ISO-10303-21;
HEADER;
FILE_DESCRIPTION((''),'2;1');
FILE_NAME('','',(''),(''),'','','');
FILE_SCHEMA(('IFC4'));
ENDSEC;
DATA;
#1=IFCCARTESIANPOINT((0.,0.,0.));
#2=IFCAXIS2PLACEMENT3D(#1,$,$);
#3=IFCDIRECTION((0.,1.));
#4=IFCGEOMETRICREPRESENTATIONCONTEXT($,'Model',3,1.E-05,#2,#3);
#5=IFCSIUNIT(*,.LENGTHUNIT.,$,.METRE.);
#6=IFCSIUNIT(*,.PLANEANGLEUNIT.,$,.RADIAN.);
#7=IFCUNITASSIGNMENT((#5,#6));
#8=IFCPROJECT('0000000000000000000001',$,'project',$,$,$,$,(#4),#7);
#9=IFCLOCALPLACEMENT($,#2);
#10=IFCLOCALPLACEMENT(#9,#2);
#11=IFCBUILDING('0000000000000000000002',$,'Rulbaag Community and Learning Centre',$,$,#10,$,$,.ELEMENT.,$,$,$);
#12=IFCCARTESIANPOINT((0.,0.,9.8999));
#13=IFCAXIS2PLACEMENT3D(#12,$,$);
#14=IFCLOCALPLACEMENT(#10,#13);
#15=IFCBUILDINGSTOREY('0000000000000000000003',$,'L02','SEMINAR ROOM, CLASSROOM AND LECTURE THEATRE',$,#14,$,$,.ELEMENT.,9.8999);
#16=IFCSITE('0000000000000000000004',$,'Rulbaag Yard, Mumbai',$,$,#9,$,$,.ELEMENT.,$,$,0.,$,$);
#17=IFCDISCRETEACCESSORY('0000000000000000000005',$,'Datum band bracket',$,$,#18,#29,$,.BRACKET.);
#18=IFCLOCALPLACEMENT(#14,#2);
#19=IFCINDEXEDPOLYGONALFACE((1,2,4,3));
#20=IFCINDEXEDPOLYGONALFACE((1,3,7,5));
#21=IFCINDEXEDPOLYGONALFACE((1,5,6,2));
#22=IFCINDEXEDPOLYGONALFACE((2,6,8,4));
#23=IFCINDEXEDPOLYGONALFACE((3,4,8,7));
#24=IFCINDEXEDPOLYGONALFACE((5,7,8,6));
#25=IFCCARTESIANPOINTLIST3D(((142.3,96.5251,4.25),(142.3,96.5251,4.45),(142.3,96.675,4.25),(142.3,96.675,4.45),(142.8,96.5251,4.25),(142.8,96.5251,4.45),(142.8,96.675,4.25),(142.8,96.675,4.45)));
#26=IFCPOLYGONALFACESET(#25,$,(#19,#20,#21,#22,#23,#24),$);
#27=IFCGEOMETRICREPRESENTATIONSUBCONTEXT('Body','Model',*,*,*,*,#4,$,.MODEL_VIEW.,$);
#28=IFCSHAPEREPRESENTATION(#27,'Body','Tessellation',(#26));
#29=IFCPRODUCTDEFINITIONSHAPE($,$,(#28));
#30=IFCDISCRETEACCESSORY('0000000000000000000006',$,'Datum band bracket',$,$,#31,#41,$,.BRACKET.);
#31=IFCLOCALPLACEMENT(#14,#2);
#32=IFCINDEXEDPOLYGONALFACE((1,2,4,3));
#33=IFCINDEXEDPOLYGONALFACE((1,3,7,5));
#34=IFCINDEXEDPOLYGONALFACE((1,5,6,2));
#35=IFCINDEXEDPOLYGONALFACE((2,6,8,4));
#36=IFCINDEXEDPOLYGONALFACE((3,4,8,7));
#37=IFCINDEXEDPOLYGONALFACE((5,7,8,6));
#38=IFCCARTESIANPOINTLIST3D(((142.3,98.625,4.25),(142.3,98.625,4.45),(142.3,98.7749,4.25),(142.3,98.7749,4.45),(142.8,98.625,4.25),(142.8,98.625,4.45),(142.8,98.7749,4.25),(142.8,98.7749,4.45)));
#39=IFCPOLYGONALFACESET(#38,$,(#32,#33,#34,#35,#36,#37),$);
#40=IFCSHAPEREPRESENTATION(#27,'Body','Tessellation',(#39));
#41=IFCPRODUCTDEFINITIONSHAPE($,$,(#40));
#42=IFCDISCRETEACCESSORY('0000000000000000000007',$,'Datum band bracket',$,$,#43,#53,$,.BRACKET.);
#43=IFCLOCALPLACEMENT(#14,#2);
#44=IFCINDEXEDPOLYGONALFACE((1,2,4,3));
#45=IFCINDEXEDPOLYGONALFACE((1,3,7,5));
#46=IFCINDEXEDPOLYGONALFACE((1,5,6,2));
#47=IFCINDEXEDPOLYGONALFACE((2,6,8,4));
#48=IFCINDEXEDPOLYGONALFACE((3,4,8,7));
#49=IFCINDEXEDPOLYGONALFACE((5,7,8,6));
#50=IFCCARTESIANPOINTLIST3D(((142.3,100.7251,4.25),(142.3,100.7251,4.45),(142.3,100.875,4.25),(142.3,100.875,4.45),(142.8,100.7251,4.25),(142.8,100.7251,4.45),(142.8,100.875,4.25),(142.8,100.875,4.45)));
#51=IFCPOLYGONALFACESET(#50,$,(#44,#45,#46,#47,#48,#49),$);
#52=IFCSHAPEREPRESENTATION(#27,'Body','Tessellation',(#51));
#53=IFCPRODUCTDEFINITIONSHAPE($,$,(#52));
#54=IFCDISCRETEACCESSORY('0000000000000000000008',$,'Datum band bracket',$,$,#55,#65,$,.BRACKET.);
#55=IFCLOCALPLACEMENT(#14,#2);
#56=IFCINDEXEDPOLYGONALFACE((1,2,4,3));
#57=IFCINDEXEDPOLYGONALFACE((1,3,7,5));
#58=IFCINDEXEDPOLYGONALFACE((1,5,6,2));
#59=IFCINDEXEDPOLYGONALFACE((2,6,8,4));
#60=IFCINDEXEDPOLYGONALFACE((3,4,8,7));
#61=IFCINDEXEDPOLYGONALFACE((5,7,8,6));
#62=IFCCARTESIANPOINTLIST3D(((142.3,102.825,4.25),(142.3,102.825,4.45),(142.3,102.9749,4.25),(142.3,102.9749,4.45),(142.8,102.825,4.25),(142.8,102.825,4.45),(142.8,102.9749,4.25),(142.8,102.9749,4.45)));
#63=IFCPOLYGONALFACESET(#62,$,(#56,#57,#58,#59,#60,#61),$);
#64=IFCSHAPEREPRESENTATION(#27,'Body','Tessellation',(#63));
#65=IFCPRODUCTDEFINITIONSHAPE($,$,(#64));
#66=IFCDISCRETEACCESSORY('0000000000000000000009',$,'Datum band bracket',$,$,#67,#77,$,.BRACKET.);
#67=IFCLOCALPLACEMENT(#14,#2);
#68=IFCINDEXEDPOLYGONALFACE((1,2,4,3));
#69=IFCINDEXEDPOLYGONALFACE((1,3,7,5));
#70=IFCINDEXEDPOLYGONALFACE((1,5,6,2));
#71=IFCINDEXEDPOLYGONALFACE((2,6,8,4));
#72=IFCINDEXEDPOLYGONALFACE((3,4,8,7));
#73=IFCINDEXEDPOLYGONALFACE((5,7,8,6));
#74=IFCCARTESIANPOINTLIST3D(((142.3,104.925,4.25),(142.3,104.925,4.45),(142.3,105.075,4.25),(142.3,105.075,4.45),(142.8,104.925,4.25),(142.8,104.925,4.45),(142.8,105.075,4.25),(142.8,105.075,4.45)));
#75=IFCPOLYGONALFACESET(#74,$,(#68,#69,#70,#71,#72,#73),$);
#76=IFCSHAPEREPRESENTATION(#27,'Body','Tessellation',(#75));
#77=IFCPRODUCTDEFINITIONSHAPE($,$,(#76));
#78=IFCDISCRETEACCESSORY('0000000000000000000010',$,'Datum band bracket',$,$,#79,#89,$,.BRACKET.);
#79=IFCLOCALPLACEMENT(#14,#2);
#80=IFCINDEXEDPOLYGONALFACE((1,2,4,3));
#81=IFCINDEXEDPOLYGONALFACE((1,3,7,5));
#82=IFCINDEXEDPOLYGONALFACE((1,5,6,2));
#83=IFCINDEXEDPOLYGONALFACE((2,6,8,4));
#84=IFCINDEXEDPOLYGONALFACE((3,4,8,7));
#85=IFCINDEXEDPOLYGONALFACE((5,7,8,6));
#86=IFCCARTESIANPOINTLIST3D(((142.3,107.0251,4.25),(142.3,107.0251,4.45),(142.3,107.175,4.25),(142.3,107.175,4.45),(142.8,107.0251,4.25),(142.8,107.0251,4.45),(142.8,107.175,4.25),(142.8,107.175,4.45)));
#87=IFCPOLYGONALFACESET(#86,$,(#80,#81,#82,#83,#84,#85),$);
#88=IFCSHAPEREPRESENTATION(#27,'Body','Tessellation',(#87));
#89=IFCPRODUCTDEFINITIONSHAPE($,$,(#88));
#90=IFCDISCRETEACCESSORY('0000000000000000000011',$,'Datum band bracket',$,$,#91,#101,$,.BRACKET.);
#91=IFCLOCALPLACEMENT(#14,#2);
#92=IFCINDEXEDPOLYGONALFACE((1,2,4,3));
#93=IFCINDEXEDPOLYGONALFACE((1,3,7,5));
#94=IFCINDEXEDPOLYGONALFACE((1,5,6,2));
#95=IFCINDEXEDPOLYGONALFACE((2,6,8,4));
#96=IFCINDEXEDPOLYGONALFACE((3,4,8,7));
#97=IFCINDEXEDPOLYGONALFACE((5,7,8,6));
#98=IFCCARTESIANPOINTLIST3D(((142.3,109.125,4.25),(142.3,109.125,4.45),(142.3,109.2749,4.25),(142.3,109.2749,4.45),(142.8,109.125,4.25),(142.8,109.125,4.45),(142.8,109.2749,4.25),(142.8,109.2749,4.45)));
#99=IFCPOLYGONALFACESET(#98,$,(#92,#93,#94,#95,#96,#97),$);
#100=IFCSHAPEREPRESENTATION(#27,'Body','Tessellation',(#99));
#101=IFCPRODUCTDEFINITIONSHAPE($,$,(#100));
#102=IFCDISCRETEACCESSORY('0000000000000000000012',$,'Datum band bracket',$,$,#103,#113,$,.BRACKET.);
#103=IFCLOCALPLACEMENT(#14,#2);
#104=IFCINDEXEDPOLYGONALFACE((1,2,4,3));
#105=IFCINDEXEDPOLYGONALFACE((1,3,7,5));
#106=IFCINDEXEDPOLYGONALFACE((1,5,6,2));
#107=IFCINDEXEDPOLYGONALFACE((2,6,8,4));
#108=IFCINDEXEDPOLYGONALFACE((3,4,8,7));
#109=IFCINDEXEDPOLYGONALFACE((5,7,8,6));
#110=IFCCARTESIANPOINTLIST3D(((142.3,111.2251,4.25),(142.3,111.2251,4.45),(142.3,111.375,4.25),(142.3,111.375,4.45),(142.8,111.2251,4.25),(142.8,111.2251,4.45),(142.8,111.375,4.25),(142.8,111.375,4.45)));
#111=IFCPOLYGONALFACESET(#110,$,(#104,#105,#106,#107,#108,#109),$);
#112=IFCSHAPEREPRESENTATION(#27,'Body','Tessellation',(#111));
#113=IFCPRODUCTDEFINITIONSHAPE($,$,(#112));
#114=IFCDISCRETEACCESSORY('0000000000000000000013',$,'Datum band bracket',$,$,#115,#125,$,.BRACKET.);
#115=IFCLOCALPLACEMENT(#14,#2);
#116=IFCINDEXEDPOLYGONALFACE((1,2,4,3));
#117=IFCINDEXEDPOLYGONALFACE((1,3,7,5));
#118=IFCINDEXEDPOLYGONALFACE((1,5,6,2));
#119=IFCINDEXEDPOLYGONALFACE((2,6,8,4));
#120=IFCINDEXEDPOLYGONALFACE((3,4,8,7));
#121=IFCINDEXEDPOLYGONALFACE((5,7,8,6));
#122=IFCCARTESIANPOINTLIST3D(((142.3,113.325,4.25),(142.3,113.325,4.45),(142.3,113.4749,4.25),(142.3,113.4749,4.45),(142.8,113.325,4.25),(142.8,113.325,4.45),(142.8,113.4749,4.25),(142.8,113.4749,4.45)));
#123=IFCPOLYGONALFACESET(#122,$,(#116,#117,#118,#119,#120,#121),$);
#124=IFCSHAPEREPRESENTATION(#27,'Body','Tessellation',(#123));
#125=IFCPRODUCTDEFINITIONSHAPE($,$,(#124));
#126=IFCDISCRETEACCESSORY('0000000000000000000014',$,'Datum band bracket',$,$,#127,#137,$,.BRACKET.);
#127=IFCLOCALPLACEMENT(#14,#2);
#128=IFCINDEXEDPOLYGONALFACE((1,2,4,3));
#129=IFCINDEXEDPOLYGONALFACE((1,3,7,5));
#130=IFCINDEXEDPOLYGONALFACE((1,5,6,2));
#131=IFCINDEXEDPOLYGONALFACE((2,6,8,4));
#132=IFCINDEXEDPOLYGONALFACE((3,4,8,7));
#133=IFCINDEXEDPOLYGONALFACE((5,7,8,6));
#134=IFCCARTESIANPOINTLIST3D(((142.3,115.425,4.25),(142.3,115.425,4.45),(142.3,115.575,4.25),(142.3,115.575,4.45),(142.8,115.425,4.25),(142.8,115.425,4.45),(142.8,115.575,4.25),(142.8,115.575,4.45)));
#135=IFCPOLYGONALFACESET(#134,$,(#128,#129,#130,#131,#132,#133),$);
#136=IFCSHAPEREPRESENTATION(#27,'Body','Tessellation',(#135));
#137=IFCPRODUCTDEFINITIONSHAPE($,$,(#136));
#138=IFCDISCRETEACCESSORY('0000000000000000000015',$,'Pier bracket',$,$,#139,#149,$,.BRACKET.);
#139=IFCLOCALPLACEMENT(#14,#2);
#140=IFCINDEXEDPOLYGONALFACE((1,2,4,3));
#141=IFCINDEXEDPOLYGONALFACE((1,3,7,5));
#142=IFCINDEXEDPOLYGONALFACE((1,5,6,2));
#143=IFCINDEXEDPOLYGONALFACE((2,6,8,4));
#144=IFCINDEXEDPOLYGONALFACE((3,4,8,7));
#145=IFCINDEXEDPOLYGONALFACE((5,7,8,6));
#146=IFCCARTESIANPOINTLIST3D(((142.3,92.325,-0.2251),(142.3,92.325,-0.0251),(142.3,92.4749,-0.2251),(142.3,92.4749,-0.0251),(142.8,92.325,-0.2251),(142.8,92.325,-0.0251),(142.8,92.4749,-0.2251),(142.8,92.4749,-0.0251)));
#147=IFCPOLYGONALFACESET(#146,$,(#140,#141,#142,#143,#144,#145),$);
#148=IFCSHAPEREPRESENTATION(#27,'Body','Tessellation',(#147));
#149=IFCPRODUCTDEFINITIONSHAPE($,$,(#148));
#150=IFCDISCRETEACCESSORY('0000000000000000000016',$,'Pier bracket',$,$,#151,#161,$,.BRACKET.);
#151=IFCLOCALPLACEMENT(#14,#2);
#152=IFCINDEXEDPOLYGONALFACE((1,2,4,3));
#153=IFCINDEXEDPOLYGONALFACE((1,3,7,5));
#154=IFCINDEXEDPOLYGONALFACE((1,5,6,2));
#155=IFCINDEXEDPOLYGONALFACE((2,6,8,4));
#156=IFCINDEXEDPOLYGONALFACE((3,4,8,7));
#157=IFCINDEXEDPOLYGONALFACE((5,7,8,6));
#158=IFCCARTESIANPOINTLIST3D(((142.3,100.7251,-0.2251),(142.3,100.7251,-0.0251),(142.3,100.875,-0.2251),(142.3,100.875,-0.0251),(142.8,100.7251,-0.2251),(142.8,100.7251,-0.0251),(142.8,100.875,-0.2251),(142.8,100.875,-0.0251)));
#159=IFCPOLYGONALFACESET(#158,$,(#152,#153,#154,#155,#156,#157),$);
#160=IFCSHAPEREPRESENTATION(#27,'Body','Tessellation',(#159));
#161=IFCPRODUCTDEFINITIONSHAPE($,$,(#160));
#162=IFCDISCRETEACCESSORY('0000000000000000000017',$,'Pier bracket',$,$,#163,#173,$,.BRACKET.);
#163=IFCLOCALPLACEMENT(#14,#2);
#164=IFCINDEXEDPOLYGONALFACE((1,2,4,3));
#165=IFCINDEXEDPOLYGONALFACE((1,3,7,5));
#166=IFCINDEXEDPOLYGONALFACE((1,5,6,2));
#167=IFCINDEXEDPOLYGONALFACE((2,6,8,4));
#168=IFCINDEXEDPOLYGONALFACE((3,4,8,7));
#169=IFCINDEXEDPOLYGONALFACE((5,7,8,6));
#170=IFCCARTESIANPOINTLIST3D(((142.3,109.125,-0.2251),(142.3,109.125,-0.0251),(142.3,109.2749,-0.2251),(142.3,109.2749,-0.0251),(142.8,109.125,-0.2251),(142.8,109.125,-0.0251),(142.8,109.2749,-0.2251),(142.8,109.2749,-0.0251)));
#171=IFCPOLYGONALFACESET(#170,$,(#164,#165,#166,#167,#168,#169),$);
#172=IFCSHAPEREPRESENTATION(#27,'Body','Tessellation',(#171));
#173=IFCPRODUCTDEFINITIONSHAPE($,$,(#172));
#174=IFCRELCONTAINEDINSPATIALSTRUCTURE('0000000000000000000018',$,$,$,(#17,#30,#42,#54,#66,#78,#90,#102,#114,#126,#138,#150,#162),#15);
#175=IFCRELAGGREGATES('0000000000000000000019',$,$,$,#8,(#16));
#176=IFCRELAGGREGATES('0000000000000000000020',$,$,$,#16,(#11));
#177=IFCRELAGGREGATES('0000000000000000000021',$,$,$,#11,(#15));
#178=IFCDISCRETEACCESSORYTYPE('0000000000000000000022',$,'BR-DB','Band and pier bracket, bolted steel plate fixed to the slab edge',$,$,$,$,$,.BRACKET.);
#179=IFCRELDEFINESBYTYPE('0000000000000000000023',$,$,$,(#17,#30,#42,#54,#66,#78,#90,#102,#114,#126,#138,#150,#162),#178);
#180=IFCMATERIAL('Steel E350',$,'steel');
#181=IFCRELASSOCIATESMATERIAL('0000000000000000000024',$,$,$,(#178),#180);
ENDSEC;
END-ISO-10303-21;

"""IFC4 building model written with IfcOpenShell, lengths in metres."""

from ifc_helpers import new_model, si_unit, direction, frame, origin, origin_2d, place, context, subcontext, project, spatial, rectangle, extrude, material, type_object, element, save


model = new_model("IFC4")

# Units and contexts
model_context = context("Model", 3, precision=1e-05, world=origin(), true_north=direction((0.0, 1.0)))
body_context = subcontext(model_context, "Body", "Model", "MODEL_VIEW")
ifc_project = project(units=[si_unit("LENGTHUNIT", "METRE"), si_unit("PLANEANGLEUNIT", "RADIAN")], contexts=[model_context])

# Site, building, storey
site_placement = place(None, origin())
site = spatial("IfcSite", under=ifc_project, at=site_placement, Name="Rulbaag Yard, Mumbai", CompositionType="ELEMENT", RefElevation=0.0)
building_placement = place(site_placement, origin())
building = spatial("IfcBuilding", under=site, at=building_placement, Name="Rulbaag Community and Learning Centre", CompositionType="ELEMENT")
storey_placement = place(building_placement, frame((0.0, 0.0, 9.8999)))
storey = spatial("IfcBuildingStorey", under=building, at=storey_placement, Name="L02", Description="SEMINAR ROOM, CLASSROOM AND LECTURE THEATRE", CompositionType="ELEMENT", Elevation=9.8999)

# Discrete accessories
ifc_material_1 = material(Name="Steel E350", Category="steel")
discrete_accessory_type = type_object("IfcDiscreteAccessoryType", Name="BR-DB", Description="Band and pier bracket, bolted steel plate fixed to the slab edge", PredefinedType="BRACKET", material=ifc_material_1)
for number, where, z_axis, x_axis, name in (
    (1, (142.55, 96.6001, 4.25), (0.0, 0.0, 1.0), (1.0, 0.0, 0.0), "Datum band bracket"),
    (2, (142.55, 98.7, 4.25), (0.0, 0.0, 1.0), (1.0, 0.0, 0.0), "Datum band bracket"),
    (3, (142.55, 100.8, 4.25), (0.0, 0.0, 1.0), (1.0, 0.0, 0.0), "Datum band bracket"),
    (4, (142.55, 102.8999, 4.25), (0.0, 0.0, 1.0), (1.0, 0.0, 0.0), "Datum band bracket"),
    (5, (142.55, 105.0, 4.25), (0.0, 0.0, 1.0), (1.0, 0.0, 0.0), "Datum band bracket"),
    (6, (142.55, 107.1001, 4.25), (0.0, 0.0, 1.0), (1.0, 0.0, 0.0), "Datum band bracket"),
    (7, (142.55, 109.2, 4.25), (0.0, 0.0, 1.0), (1.0, 0.0, 0.0), "Datum band bracket"),
    (8, (142.55, 111.3, 4.25), (0.0, 0.0, 1.0), (1.0, 0.0, 0.0), "Datum band bracket"),
    (9, (142.55, 113.3999, 4.25), (0.0, 0.0, 1.0), (1.0, 0.0, 0.0), "Datum band bracket"),
    (10, (142.55, 115.5, 4.25), (0.0, 0.0, 1.0), (1.0, 0.0, 0.0), "Datum band bracket"),
    (11, (142.55, 92.3999, -0.2251), (0.0, 0.0, 1.0), (1.0, 0.0, 0.0), "Pier bracket"),
    (12, (142.55, 100.8, -0.2251), (0.0, 0.0, 1.0), (1.0, 0.0, 0.0), "Pier bracket"),
    (13, (142.55, 109.2, -0.2251), (0.0, 0.0, 1.0), (1.0, 0.0, 0.0), "Pier bracket"),
):
    element("IfcDiscreteAccessory", number, at=place(storey_placement, frame(where, z_axis=z_axis, x_axis=x_axis)), inside=storey, type_object=discrete_accessory_type, Name=name, PredefinedType="BRACKET", context=body_context, shape_type="SweptSolid", body=[
        extrude(rectangle(XDim=0.5, YDim=0.1499, at=origin_2d()), origin(), (0.0, 0.0, 1.0), 0.2),
    ])

save(model, "model.ifc")
